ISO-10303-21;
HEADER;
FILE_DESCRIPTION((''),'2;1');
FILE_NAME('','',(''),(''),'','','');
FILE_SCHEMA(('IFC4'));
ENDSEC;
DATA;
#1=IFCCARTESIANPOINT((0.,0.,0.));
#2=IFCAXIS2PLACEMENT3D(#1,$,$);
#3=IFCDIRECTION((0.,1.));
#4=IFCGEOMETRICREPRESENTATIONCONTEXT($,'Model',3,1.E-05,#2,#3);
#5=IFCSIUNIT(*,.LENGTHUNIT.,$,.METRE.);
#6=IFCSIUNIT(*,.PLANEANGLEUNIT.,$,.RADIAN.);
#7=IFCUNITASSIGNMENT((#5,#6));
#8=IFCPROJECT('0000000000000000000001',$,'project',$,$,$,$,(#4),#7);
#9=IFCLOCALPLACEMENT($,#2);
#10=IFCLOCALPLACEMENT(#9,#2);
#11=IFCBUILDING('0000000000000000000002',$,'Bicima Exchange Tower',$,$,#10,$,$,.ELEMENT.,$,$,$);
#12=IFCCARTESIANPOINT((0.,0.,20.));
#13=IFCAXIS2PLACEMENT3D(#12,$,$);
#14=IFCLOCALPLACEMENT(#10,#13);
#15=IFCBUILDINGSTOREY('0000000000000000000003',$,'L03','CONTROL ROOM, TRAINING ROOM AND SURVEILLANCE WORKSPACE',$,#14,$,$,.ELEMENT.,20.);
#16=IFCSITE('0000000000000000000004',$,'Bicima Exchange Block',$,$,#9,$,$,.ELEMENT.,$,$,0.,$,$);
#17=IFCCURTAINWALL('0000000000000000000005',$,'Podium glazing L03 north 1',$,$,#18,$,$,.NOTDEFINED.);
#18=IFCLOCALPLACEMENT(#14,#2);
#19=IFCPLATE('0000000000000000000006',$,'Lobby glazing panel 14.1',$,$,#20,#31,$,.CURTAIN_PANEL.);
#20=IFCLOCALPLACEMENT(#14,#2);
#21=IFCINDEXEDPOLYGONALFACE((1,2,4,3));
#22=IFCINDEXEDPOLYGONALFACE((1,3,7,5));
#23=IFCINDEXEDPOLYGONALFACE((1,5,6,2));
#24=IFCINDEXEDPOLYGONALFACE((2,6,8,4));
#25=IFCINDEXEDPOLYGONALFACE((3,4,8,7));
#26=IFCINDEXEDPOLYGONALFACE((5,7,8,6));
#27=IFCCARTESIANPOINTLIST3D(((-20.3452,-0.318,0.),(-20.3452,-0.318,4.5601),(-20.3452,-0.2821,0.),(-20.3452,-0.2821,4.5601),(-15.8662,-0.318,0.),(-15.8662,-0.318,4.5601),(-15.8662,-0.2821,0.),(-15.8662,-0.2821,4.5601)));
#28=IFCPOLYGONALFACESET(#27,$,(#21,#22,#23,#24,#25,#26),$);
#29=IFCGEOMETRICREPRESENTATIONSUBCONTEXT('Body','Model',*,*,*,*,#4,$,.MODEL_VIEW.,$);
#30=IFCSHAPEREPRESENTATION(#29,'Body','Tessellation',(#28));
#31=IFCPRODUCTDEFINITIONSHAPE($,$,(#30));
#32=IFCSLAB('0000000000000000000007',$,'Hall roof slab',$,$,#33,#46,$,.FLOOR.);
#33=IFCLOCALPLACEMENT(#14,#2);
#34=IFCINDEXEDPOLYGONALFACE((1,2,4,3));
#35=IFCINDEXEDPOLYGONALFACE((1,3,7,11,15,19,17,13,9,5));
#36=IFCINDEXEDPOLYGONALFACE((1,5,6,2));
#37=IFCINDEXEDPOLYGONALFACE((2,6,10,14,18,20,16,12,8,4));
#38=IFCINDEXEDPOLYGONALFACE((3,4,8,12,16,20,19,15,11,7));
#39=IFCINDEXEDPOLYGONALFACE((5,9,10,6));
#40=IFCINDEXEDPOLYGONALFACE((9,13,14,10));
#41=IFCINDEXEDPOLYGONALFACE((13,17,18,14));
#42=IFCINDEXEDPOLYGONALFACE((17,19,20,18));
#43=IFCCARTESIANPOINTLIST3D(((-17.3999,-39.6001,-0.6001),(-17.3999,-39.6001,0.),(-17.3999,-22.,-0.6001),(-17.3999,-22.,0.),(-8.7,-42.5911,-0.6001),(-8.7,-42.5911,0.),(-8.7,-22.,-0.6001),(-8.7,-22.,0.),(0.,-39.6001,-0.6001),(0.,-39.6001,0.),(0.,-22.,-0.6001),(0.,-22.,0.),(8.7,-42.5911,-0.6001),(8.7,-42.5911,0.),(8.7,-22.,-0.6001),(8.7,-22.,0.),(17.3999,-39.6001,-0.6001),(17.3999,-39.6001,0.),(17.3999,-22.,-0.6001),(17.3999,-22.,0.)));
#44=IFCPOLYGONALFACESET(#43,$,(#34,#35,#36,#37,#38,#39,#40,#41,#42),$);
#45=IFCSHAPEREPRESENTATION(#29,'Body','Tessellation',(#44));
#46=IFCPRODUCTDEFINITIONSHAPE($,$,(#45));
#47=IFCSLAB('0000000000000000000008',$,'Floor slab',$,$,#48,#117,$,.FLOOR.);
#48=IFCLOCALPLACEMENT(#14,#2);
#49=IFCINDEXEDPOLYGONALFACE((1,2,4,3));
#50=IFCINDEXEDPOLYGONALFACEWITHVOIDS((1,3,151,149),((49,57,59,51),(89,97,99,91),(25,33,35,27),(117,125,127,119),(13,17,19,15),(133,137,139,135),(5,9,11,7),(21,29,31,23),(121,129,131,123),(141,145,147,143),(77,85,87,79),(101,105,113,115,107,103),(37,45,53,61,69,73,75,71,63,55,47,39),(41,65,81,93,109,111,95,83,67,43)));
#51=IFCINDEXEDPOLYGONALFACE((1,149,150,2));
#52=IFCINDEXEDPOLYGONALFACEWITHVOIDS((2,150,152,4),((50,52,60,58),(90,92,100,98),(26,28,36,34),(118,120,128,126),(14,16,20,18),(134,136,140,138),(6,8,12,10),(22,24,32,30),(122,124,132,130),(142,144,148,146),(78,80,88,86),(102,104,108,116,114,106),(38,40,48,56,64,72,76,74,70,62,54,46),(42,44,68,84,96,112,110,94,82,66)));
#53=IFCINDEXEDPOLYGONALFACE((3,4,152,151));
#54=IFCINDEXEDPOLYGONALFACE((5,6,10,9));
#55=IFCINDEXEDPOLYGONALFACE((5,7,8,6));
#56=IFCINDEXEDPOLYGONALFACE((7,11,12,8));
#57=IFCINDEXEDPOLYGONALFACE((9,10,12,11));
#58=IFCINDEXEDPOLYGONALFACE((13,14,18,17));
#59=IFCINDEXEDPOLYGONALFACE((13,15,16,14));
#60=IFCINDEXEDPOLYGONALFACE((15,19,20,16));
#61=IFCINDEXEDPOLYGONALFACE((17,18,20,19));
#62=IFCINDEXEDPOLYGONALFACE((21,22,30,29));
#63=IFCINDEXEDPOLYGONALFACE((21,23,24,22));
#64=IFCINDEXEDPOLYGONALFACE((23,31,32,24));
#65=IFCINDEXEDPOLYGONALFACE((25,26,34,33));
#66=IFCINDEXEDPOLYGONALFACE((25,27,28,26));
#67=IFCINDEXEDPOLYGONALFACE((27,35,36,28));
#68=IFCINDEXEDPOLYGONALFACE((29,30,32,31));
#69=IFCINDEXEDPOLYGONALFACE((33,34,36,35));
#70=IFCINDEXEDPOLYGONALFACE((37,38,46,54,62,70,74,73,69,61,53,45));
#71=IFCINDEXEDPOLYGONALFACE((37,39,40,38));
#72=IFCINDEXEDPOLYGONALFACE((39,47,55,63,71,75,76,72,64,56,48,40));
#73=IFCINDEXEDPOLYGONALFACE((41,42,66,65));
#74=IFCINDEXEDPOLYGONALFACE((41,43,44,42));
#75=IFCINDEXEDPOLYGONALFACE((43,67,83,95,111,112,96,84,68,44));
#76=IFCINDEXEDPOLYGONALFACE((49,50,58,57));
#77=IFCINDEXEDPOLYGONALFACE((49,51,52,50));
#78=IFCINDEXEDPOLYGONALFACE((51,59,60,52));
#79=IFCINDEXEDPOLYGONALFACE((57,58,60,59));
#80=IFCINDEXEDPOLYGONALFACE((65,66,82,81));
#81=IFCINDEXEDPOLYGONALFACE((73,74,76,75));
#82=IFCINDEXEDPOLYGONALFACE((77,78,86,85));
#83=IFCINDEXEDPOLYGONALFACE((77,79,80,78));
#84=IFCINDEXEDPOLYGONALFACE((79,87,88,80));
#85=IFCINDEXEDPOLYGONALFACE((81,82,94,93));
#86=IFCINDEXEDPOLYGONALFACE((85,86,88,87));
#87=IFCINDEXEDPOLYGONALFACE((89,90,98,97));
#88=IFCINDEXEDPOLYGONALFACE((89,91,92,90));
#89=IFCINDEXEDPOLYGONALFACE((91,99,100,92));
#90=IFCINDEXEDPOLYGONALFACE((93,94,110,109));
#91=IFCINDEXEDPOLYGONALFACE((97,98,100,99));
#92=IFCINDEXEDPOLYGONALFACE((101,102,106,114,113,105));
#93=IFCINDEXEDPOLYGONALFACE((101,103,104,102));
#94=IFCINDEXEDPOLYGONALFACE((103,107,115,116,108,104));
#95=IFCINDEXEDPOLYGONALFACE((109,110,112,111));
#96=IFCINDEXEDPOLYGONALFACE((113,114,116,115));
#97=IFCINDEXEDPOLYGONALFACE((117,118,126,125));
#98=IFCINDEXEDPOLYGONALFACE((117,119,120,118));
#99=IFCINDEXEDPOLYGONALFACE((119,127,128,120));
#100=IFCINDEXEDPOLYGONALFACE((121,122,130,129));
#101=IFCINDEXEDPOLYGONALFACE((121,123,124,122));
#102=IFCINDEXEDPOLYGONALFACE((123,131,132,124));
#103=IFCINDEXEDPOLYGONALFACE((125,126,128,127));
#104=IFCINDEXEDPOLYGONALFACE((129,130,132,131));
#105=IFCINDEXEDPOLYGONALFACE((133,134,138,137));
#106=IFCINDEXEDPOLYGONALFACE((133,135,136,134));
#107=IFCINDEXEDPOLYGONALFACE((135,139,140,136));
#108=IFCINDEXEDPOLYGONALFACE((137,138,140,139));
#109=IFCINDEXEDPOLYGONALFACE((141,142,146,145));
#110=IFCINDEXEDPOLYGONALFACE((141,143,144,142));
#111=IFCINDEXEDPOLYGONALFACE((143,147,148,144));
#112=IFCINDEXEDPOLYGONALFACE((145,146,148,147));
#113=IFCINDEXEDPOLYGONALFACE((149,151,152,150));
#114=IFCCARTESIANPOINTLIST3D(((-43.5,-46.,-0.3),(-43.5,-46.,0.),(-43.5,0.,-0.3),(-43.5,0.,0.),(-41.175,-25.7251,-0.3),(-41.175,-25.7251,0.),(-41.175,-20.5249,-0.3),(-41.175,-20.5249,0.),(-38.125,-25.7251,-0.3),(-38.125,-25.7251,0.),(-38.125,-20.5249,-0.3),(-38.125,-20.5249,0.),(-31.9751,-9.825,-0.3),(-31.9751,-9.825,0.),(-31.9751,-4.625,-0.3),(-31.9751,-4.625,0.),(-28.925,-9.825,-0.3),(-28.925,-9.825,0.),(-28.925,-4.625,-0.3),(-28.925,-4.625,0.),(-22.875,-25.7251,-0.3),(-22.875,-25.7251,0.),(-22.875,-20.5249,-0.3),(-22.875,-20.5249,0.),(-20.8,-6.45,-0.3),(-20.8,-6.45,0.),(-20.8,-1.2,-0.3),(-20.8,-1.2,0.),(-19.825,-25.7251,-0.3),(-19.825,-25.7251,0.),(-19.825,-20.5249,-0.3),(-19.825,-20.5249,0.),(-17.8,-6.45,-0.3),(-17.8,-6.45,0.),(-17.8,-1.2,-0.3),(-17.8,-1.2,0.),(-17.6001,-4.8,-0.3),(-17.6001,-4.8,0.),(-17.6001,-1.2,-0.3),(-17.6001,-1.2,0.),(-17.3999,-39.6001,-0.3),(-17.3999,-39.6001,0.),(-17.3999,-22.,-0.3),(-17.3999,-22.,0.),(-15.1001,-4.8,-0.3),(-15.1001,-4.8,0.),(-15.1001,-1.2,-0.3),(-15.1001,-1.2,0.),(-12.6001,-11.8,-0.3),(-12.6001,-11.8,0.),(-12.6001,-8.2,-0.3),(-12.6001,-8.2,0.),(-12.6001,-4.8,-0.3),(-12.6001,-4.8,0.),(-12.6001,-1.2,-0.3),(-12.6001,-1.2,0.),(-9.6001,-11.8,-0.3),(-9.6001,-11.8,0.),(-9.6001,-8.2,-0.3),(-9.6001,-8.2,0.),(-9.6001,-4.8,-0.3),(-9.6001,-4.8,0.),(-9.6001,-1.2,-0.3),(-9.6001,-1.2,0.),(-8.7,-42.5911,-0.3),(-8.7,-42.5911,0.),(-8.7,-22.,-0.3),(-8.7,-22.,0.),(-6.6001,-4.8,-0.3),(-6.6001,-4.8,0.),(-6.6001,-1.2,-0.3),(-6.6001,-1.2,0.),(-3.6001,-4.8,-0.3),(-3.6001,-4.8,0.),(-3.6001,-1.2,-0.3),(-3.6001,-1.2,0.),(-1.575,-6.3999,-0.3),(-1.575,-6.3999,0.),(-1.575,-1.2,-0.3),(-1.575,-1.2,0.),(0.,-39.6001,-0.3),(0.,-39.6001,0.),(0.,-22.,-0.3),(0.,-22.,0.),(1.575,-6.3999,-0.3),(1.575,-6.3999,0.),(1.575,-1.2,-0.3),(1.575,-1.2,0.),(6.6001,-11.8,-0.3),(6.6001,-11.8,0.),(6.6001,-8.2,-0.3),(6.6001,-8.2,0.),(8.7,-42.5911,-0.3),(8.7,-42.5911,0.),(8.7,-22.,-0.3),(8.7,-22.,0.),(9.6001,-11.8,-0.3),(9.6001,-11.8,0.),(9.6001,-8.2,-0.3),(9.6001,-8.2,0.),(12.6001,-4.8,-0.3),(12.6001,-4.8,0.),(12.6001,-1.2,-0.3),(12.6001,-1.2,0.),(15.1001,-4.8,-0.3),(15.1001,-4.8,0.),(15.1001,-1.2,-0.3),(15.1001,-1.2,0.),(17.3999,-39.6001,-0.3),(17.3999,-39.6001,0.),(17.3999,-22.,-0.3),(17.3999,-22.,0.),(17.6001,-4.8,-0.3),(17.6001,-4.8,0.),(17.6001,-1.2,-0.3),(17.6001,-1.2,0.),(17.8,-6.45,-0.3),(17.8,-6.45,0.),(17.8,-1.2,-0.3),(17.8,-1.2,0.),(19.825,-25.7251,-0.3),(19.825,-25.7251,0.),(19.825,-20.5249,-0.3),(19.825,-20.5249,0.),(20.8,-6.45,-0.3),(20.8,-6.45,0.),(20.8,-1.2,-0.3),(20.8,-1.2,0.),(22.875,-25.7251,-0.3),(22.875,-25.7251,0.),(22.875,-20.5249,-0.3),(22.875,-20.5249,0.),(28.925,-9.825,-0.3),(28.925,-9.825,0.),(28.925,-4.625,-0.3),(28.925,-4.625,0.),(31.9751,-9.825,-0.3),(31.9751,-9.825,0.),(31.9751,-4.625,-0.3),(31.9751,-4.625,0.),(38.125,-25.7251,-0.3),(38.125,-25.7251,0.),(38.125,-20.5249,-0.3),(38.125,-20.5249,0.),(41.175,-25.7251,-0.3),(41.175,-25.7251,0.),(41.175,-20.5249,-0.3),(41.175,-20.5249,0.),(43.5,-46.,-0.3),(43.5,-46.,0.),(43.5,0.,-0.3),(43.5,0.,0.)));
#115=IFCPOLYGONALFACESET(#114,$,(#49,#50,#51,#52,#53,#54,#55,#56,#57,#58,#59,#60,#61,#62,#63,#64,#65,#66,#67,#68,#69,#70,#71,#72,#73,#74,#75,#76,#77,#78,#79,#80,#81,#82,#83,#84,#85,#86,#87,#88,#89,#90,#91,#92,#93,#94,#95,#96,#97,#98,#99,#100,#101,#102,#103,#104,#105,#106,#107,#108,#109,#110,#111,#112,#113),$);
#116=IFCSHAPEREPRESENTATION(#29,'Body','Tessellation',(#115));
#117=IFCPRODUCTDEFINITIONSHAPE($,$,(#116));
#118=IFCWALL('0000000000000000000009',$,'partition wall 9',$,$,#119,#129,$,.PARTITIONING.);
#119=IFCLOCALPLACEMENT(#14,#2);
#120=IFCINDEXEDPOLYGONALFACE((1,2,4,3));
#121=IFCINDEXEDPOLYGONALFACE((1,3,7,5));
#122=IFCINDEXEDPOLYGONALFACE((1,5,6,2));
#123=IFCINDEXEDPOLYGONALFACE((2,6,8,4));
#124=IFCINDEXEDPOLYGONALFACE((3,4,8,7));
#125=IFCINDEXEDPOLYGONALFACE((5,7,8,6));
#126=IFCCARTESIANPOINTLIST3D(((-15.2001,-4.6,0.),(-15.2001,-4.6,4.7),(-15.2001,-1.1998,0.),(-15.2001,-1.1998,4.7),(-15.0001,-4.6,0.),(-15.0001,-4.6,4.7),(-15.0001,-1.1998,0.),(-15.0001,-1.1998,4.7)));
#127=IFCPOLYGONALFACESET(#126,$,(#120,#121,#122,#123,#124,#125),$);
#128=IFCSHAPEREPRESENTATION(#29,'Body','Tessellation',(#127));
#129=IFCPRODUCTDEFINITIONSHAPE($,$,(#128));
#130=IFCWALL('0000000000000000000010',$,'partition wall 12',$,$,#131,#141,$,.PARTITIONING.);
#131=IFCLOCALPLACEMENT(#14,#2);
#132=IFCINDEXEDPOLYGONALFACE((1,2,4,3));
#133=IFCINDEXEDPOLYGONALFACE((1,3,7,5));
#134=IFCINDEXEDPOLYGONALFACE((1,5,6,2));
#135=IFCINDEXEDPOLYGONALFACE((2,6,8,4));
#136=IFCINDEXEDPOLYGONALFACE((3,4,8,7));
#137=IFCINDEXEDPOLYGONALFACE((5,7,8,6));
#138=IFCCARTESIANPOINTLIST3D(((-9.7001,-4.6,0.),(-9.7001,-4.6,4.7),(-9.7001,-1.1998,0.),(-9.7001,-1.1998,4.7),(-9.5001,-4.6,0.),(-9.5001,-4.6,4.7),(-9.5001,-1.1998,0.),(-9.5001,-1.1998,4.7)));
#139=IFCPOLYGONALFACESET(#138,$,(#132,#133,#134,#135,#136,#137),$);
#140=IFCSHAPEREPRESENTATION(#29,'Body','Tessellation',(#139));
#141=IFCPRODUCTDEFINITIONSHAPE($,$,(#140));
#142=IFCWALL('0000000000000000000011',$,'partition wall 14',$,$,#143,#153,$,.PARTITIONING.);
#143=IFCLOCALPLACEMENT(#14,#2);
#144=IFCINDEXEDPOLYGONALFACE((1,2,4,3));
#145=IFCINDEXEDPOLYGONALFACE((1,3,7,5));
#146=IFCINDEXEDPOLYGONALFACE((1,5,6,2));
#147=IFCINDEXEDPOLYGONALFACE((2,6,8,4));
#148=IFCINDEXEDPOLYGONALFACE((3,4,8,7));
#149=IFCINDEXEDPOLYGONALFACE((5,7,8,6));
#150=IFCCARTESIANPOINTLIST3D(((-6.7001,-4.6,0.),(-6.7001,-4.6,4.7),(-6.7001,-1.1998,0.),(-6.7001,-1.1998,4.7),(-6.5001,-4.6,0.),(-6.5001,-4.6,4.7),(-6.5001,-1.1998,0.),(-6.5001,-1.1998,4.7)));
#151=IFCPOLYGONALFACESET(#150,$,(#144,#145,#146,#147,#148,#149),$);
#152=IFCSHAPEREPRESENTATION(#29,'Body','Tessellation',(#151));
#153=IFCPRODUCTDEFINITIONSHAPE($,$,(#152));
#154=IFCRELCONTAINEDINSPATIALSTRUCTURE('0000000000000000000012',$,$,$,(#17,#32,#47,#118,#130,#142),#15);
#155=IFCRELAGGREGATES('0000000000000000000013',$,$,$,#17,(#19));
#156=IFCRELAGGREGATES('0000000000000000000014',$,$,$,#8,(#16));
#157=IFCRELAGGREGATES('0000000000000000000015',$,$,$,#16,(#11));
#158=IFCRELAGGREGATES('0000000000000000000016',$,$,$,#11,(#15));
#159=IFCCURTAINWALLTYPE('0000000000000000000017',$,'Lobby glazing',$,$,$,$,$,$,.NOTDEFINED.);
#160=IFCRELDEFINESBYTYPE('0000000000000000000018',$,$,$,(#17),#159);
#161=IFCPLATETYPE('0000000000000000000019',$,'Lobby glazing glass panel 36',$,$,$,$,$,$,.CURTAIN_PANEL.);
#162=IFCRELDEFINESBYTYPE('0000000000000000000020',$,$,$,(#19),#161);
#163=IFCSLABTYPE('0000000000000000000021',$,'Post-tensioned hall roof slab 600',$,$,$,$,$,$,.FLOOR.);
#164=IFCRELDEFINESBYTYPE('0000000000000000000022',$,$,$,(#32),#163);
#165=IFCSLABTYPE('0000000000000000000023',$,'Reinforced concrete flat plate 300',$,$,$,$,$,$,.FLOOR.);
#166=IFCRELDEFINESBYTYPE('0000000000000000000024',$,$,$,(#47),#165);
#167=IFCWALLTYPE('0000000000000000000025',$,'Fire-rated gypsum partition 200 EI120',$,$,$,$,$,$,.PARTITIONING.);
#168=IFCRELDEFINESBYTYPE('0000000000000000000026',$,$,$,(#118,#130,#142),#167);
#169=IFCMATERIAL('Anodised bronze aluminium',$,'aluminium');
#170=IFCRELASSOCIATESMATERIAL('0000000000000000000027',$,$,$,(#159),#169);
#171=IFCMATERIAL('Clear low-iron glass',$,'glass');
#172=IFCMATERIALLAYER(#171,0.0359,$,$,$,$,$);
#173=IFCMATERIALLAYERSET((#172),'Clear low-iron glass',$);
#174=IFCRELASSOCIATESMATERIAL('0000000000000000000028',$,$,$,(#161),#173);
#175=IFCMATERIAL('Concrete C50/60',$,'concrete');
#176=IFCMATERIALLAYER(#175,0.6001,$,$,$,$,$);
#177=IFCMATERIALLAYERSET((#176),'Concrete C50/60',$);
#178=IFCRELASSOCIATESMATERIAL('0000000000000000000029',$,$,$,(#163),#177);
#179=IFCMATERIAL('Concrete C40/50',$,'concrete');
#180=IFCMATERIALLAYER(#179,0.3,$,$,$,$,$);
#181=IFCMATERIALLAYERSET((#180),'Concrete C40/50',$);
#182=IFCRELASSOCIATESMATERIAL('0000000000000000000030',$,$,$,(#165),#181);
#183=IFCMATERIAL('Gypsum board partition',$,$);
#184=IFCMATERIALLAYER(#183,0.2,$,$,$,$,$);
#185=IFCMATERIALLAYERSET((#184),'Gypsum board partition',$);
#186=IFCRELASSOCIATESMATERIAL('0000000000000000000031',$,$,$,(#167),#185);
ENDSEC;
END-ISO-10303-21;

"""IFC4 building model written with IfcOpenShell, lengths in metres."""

from ifc_helpers import new_model, si_unit, direction, frame, frame_2d, origin, origin_2d, place, context, subcontext, project, spatial, polyline, rectangle, outline, extrude, material, layer, layer_set, type_object, element, aggregate, save


model = new_model("IFC4")

# Units and contexts
model_context = context("Model", 3, precision=1e-05, world=origin(), true_north=direction((0.0, 1.0)))
body_context = subcontext(model_context, "Body", "Model", "MODEL_VIEW")
ifc_project = project(units=[si_unit("LENGTHUNIT", "METRE"), si_unit("PLANEANGLEUNIT", "RADIAN")], contexts=[model_context])

# Site, building, storey
site_placement = place(None, origin())
site = spatial("IfcSite", under=ifc_project, at=site_placement, Name="Bicima Exchange Block", CompositionType="ELEMENT", RefElevation=0.0)
building_placement = place(site_placement, origin())
building = spatial("IfcBuilding", under=site, at=building_placement, Name="Bicima Exchange Tower", CompositionType="ELEMENT")
storey_placement = place(building_placement, frame((0.0, 0.0, 20.0)))
storey = spatial("IfcBuildingStorey", under=building, at=storey_placement, Name="L03", Description="CONTROL ROOM, TRAINING ROOM AND SURVEILLANCE WORKSPACE", CompositionType="ELEMENT", Elevation=20.0)

# Curtain wall, plate
ifc_material_1 = material(Name="Anodised bronze aluminium", Category="aluminium")
curtain_wall_type = type_object("IfcCurtainWallType", Name="Lobby glazing", PredefinedType="NOTDEFINED", material=ifc_material_1)
curtain_wall_placement = place(storey_placement, origin())
curtain_wall = element("IfcCurtainWall", 1, at=curtain_wall_placement, inside=storey, type_object=curtain_wall_type, Name="Podium glazing L03 north 1", PredefinedType="NOTDEFINED")
ifc_material_2 = material(Name="Clear low-iron glass", Category="glass")
ifc_layer_1 = layer(ifc_material_2, 0.0359)
ifc_layer_set_1 = layer_set([ifc_layer_1], Name="Clear low-iron glass")
plate_type = type_object("IfcPlateType", Name="Lobby glazing glass panel 36", PredefinedType="CURTAIN_PANEL", material=ifc_layer_set_1)
plate_1_placement = place(storey_placement, frame((-18.1057, -0.3, 0.0), z_axis=(0.0, 0.0, 1.0), x_axis=(-1.0, 0.0, 0.0)))
plate_1 = element("IfcPlate", 2, at=plate_1_placement, type_object=plate_type, Name="Lobby glazing panel 14.1", PredefinedType="CURTAIN_PANEL", context=body_context, shape_type="SweptSolid", body=[
    extrude(rectangle(XDim=4.479, YDim=0.0359, at=origin_2d()), origin(), (0.0, 0.0, 1.0), 4.5601),
])
aggregate(curtain_wall, [plate_1])

# Slabs
ifc_material_3 = material(Name="Concrete C50/60", Category="concrete")
ifc_layer_2 = layer(ifc_material_3, 0.6001)
ifc_layer_set_2 = layer_set([ifc_layer_2], Name="Concrete C50/60")
slab_type_1 = type_object("IfcSlabType", Name="Post-tensioned hall roof slab 600", PredefinedType="FLOOR", material=ifc_layer_set_2)
slab_1_placement = place(storey_placement, frame((0.0, 0.0, -0.6001)))
element("IfcSlab", 3, at=slab_1_placement, inside=storey, type_object=slab_type_1, Name="Hall roof slab", PredefinedType="FLOOR", context=body_context, shape_type="SweptSolid", body=[
    extrude(outline(polyline([(-17.3999, -22.0), (-8.7, -22.0), (0.0, -22.0), (8.7, -22.0), (17.3999, -22.0), (17.3999, -39.6001), (8.7, -42.5911), (0.0, -39.6001), (-8.7, -42.5911), (-17.3999, -39.6001), (-17.3999, -22.0)])), origin(), (0.0, 0.0, 1.0), 0.6001),
])
ifc_material_4 = material(Name="Concrete C40/50", Category="concrete")
ifc_layer_3 = layer(ifc_material_4, 0.3)
ifc_layer_set_3 = layer_set([ifc_layer_3], Name="Concrete C40/50")
slab_type_2 = type_object("IfcSlabType", Name="Reinforced concrete flat plate 300", PredefinedType="FLOOR", material=ifc_layer_set_3)
slab_2_placement = place(storey_placement, frame((0.0, 0.0, -0.3)))
element("IfcSlab", 4, at=slab_2_placement, inside=storey, type_object=slab_type_2, Name="Floor slab", PredefinedType="FLOOR", context=body_context, shape_type="SweptSolid", body=[
    extrude(outline(polyline([(-43.5, 0.0), (43.5, 0.0), (43.5, -46.0), (-43.5, -46.0), (-43.5, 0.0)]), holes=[polyline([(-41.175, -25.7251), (-38.125, -25.7251), (-38.125, -20.5249), (-41.175, -20.5249), (-41.175, -25.7251)]), polyline([(-22.875, -25.7251), (-19.825, -25.7251), (-19.825, -20.5249), (-22.875, -20.5249), (-22.875, -25.7251)]), polyline([(-12.6001, -11.8), (-9.6001, -11.8), (-9.6001, -8.2), (-12.6001, -8.2), (-12.6001, -11.8)]), polyline([(-31.9751, -9.825), (-28.925, -9.825), (-28.925, -4.625), (-31.9751, -4.625), (-31.9751, -9.825)]), polyline([(-20.8, -6.45), (-17.8, -6.45), (-17.8, -1.2), (-20.8, -1.2), (-20.8, -6.45)]), polyline([(-17.6001, -1.2), (-17.6001, -4.8), (-15.1001, -4.8), (-12.6001, -4.8), (-9.6001, -4.8), (-6.6001, -4.8), (-3.6001, -4.8), (-3.6001, -1.2), (-6.6001, -1.2), (-9.6001, -1.2), (-12.6001, -1.2), (-15.1001, -1.2), (-17.6001, -1.2)]), polyline([(8.7, -22.0), (0.0, -22.0), (-8.7, -22.0), (-17.3999, -22.0), (-17.3999, -39.6001), (-8.7, -42.5911), (0.0, -39.6001), (8.7, -42.5911), (17.3999, -39.6001), (17.3999, -22.0), (8.7, -22.0)]), polyline([(19.825, -25.7251), (22.875, -25.7251), (22.875, -20.5249), (19.825, -20.5249), (19.825, -25.7251)]), polyline([(38.125, -20.5249), (38.125, -25.7251), (41.175, -25.7251), (41.175, -20.5249), (38.125, -20.5249)]), polyline([(6.6001, -8.2), (6.6001, -11.8), (9.6001, -11.8), (9.6001, -8.2), (6.6001, -8.2)]), polyline([(28.925, -9.825), (31.9751, -9.825), (31.9751, -4.625), (28.925, -4.625), (28.925, -9.825)]), polyline([(17.8, -6.45), (20.8, -6.45), (20.8, -1.2), (17.8, -1.2), (17.8, -6.45)]), polyline([(-1.575, -6.3999), (1.575, -6.3999), (1.575, -1.2), (-1.575, -1.2), (-1.575, -6.3999)]), polyline([(15.1001, -4.8), (17.6001, -4.8), (17.6001, -1.2), (15.1001, -1.2), (12.6001, -1.2), (12.6001, -4.8), (15.1001, -4.8)])]), origin(), (0.0, 0.0, 1.0), 0.3),
])

# Walls
ifc_material_5 = material(Name="Gypsum board partition")
ifc_layer_4 = layer(ifc_material_5, 0.2)
ifc_layer_set_4 = layer_set([ifc_layer_4], Name="Gypsum board partition")
wall_type_1 = type_object("IfcWallType", Name="Fire-rated gypsum partition 200 EI120", PredefinedType="PARTITIONING", material=ifc_layer_set_4)
for number, where, z_axis, x_axis, name in (
    (5, (-15.1001, -4.6001, 0.0), (0.0, 0.0, 1.0), (0.0, 1.0, 0.0), "partition wall 9"),
    (6, (-9.6001, -4.6001, 0.0), (0.0, 0.0, 1.0), (0.0, 1.0, 0.0), "partition wall 12"),
    (7, (-6.6001, -4.6001, 0.0), (0.0, 0.0, 1.0), (0.0, 1.0, 0.0), "partition wall 14"),
):
    element("IfcWall", number, at=place(storey_placement, frame(where, z_axis=z_axis, x_axis=x_axis)), inside=storey, type_object=wall_type_1, Name=name, PredefinedType="PARTITIONING", context=body_context, shape_type="SweptSolid", body=[
        extrude(rectangle(XDim=3.4001, YDim=0.2, at=frame_2d((1.7002, 0.0))), origin(), (0.0, 0.0, 1.0), 4.7),
    ])

save(model, "model.ifc")
